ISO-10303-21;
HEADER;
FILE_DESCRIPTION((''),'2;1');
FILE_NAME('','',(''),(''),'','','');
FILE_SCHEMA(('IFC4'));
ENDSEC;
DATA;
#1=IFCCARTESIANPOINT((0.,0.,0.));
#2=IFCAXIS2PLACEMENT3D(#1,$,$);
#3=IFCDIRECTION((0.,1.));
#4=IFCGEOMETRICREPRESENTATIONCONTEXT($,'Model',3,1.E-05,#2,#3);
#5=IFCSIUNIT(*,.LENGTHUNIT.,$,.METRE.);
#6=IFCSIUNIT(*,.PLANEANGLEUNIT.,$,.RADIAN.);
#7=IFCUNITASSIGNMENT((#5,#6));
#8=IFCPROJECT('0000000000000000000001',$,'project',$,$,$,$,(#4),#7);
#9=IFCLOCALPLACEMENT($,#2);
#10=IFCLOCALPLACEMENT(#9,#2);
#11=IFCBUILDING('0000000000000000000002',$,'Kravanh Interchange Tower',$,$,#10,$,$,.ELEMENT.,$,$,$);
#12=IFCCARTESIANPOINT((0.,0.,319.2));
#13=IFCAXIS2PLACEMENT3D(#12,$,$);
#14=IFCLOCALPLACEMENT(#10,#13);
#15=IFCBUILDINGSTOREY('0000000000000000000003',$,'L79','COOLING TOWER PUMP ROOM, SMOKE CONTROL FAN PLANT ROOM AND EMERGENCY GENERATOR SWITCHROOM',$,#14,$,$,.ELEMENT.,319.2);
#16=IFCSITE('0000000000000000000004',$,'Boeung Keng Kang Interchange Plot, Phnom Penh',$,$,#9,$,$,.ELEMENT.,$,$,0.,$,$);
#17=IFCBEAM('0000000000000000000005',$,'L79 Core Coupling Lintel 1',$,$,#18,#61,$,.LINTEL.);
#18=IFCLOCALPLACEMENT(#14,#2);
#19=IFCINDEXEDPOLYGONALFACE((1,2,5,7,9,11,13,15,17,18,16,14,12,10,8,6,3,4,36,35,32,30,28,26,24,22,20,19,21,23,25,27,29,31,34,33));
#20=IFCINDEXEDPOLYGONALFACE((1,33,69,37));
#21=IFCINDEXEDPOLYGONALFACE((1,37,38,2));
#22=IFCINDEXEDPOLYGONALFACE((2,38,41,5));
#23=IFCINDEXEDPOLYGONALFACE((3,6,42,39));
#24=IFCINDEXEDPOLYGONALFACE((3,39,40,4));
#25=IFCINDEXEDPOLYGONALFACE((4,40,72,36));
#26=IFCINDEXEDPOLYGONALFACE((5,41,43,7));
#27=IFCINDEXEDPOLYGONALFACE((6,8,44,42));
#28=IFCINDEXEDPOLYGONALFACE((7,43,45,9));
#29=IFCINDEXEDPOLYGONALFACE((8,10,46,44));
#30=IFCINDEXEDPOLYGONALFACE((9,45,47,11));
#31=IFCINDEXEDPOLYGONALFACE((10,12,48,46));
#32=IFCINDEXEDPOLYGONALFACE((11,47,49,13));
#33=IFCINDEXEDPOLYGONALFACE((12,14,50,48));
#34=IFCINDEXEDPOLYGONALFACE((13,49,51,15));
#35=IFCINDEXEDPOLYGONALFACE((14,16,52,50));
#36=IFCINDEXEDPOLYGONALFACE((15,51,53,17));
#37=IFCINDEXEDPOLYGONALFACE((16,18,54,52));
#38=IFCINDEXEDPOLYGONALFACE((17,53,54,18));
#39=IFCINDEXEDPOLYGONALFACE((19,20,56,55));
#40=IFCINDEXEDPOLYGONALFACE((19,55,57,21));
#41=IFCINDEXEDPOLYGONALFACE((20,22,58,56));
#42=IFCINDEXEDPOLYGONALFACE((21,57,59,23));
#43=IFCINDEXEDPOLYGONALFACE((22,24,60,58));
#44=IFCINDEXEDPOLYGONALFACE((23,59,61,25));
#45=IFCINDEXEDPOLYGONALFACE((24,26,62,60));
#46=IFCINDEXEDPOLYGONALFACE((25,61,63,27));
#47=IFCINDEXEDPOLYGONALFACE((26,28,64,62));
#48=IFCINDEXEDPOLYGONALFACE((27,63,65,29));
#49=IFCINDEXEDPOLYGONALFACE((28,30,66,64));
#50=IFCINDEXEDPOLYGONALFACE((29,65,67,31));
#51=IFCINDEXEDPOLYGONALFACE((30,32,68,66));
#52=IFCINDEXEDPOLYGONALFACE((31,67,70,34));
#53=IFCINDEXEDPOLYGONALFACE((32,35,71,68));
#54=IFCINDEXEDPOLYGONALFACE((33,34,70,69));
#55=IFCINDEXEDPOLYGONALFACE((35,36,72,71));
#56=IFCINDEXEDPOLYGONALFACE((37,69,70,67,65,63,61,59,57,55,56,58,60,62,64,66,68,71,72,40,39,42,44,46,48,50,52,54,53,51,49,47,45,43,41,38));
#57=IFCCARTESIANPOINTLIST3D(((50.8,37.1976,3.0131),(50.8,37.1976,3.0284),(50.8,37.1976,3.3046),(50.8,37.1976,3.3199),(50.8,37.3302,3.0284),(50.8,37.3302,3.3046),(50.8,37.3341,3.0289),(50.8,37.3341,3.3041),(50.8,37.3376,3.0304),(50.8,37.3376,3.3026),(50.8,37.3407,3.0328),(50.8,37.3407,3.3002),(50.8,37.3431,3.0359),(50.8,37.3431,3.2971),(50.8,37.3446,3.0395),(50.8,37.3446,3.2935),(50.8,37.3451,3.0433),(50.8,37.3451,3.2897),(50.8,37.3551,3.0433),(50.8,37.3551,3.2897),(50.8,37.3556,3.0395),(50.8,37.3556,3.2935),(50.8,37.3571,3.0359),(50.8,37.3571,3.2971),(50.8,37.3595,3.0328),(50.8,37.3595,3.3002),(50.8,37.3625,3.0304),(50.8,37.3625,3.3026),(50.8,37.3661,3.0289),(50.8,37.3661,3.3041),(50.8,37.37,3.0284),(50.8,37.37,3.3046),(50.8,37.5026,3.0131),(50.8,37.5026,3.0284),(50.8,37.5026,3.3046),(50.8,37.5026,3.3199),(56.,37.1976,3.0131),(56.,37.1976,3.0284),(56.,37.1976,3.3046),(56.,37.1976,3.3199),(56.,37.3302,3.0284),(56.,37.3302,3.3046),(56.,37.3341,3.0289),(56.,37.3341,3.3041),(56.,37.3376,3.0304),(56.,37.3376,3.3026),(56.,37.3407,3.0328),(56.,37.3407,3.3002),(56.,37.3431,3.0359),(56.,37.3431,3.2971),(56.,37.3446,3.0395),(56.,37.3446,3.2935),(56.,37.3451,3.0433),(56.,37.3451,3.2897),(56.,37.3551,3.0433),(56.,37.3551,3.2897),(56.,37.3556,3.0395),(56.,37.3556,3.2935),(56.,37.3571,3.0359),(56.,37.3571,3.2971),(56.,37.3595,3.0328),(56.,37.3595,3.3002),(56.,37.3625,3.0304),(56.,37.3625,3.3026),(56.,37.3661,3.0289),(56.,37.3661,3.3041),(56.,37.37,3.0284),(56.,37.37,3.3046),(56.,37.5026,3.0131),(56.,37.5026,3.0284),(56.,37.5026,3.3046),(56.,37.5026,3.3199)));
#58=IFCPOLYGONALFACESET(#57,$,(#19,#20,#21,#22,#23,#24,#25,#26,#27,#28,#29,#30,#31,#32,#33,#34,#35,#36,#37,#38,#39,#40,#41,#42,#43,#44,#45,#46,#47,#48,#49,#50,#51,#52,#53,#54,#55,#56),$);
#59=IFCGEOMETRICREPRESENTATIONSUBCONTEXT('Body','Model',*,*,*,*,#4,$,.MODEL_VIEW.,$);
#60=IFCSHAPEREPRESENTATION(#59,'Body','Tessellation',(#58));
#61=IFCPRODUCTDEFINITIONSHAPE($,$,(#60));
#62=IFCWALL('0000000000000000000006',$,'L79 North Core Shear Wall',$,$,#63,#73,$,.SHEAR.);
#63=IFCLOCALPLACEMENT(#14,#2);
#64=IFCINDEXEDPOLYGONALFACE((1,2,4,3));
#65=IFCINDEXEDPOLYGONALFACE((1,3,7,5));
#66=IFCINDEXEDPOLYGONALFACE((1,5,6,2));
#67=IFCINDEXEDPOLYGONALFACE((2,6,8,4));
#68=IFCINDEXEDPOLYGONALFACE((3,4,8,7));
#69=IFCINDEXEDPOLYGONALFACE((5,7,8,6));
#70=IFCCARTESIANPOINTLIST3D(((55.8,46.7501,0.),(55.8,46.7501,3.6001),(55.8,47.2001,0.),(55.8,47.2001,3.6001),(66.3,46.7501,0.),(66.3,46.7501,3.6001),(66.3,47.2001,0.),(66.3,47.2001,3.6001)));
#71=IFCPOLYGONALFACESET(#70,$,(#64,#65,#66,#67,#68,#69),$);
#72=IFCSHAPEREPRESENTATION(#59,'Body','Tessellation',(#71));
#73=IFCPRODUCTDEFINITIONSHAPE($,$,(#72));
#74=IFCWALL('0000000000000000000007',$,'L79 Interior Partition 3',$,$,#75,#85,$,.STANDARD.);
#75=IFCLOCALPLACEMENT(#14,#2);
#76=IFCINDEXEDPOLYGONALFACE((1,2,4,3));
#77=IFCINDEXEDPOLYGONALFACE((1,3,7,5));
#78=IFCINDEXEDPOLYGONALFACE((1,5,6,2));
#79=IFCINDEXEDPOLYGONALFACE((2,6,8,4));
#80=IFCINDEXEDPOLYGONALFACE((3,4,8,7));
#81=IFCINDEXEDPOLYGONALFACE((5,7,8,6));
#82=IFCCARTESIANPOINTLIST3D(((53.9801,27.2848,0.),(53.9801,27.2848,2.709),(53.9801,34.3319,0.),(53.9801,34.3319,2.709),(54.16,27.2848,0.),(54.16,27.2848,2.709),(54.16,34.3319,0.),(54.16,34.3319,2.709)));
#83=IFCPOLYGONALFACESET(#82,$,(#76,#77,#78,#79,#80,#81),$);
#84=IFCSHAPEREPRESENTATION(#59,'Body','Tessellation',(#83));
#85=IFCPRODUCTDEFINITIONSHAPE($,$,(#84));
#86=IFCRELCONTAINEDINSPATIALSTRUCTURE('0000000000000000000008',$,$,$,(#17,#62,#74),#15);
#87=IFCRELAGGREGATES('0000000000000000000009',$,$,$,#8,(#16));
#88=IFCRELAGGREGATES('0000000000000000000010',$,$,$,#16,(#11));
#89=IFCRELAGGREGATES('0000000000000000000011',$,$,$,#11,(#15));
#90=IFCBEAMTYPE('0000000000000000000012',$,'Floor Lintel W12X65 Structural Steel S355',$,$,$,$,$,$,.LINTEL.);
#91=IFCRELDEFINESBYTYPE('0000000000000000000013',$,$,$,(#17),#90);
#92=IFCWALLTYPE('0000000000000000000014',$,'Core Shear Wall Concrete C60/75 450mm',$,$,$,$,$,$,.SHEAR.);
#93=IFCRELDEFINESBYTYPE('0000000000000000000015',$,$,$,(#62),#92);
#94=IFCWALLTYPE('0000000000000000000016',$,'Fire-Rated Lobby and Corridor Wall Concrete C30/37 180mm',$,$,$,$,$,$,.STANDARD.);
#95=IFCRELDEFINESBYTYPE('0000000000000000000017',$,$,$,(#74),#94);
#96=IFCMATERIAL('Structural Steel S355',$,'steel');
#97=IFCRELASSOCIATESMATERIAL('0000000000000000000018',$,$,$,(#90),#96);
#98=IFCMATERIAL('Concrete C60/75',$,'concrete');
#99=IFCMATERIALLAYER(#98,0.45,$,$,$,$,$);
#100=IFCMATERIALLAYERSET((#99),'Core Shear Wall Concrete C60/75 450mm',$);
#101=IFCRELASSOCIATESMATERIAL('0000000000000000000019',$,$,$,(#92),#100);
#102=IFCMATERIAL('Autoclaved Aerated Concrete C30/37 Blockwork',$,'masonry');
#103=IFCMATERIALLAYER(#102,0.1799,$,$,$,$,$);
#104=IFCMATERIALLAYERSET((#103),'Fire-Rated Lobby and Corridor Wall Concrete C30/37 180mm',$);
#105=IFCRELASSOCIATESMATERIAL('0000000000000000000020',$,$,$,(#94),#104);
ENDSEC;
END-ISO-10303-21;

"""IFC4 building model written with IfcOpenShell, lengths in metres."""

from ifc_helpers import new_model, si_unit, direction, frame, frame_2d, origin, origin_2d, place, context, subcontext, project, spatial, rectangle, i_section, extrude, material, layer, layer_set, material_profile, profile_set, type_object, element, save


model = new_model("IFC4")

# Units and contexts
model_context = context("Model", 3, precision=1e-05, world=origin(), true_north=direction((0.0, 1.0)))
body_context = subcontext(model_context, "Body", "Model", "MODEL_VIEW")
ifc_project = project(units=[si_unit("LENGTHUNIT", "METRE"), si_unit("PLANEANGLEUNIT", "RADIAN")], contexts=[model_context])

# Site, building, storey
site_placement = place(None, origin())
site = spatial("IfcSite", under=ifc_project, at=site_placement, Name="Boeung Keng Kang Interchange Plot, Phnom Penh", CompositionType="ELEMENT", RefElevation=0.0)
building_placement = place(site_placement, origin())
building = spatial("IfcBuilding", under=site, at=building_placement, Name="Kravanh Interchange Tower", CompositionType="ELEMENT")
storey_placement = place(building_placement, frame((0.0, 0.0, 319.2)))
storey = spatial("IfcBuildingStorey", under=building, at=storey_placement, Name="L79", Description="COOLING TOWER PUMP ROOM, SMOKE CONTROL FAN PLANT ROOM AND EMERGENCY GENERATOR SWITCHROOM", CompositionType="ELEMENT", Elevation=319.2)

# Beam
ifc_material_1 = material(Name="Structural Steel S355", Category="steel")
ifc_material_profile_1 = material_profile(ifc_material_1, i_section(OverallWidth=0.3049, OverallDepth=0.3069, WebThickness=0.01, FlangeThickness=0.0154, FilletRadius=0.0149, at=origin_2d()), Name="W12X65")
ifc_profile_set_1 = profile_set([ifc_material_profile_1], Name="Structural Steel S355")
beam_type_1 = type_object("IfcBeamType", Name="Floor Lintel W12X65 Structural Steel S355", PredefinedType="LINTEL", material=ifc_profile_set_1)
beam_1_placement = place(storey_placement, frame((50.8, 37.3501, 3.1665), z_axis=(1.0, 0.0, 0.0), x_axis=(0.0, 1.0, 0.0)))
element("IfcBeam", 1, at=beam_1_placement, inside=storey, type_object=beam_type_1, Name="L79 Core Coupling Lintel 1", PredefinedType="LINTEL", context=body_context, shape_type="SweptSolid", body=[
    extrude(i_section(OverallWidth=0.3049, OverallDepth=0.3069, WebThickness=0.01, FlangeThickness=0.0154, FilletRadius=0.0149, at=origin_2d()), origin(), (0.0, 0.0, 1.0), 5.2),
])

# Wall
ifc_material_2 = material(Name="Concrete C60/75", Category="concrete")
ifc_layer_1 = layer(ifc_material_2, 0.45)
ifc_layer_set_1 = layer_set([ifc_layer_1], Name="Core Shear Wall Concrete C60/75 450mm")
wall_type_1 = type_object("IfcWallType", Name="Core Shear Wall Concrete C60/75 450mm", PredefinedType="SHEAR", material=ifc_layer_set_1)
wall_1_placement = place(storey_placement, frame((55.8, 46.9751, 0.0), z_axis=(0.0, 0.0, 1.0), x_axis=(1.0, 0.0, 0.0)))
element("IfcWall", 2, at=wall_1_placement, inside=storey, type_object=wall_type_1, Name="L79 North Core Shear Wall", PredefinedType="SHEAR", context=body_context, shape_type="SweptSolid", body=[
    extrude(rectangle(XDim=10.5, YDim=0.45, at=frame_2d((5.25, 0.0))), origin(), (0.0, 0.0, 1.0), 3.6001),
])

# Wall
ifc_material_3 = material(Name="Autoclaved Aerated Concrete C30/37 Blockwork", Category="masonry")
ifc_layer_2 = layer(ifc_material_3, 0.1799)
ifc_layer_set_2 = layer_set([ifc_layer_2], Name="Fire-Rated Lobby and Corridor Wall Concrete C30/37 180mm")
wall_type_2 = type_object("IfcWallType", Name="Fire-Rated Lobby and Corridor Wall Concrete C30/37 180mm", PredefinedType="STANDARD", material=ifc_layer_set_2)
wall_2_placement = place(storey_placement, frame((54.0701, 27.2849, 0.0), z_axis=(0.0, 0.0, 1.0), x_axis=(0.0, 1.0, 0.0)))
element("IfcWall", 3, at=wall_2_placement, inside=storey, type_object=wall_type_2, Name="L79 Interior Partition 3", PredefinedType="STANDARD", context=body_context, shape_type="SweptSolid", body=[
    extrude(rectangle(XDim=7.0471, YDim=0.1799, at=frame_2d((3.5234, 0.0))), origin(), (0.0, 0.0, 1.0), 2.709),
])

save(model, "model.ifc")
